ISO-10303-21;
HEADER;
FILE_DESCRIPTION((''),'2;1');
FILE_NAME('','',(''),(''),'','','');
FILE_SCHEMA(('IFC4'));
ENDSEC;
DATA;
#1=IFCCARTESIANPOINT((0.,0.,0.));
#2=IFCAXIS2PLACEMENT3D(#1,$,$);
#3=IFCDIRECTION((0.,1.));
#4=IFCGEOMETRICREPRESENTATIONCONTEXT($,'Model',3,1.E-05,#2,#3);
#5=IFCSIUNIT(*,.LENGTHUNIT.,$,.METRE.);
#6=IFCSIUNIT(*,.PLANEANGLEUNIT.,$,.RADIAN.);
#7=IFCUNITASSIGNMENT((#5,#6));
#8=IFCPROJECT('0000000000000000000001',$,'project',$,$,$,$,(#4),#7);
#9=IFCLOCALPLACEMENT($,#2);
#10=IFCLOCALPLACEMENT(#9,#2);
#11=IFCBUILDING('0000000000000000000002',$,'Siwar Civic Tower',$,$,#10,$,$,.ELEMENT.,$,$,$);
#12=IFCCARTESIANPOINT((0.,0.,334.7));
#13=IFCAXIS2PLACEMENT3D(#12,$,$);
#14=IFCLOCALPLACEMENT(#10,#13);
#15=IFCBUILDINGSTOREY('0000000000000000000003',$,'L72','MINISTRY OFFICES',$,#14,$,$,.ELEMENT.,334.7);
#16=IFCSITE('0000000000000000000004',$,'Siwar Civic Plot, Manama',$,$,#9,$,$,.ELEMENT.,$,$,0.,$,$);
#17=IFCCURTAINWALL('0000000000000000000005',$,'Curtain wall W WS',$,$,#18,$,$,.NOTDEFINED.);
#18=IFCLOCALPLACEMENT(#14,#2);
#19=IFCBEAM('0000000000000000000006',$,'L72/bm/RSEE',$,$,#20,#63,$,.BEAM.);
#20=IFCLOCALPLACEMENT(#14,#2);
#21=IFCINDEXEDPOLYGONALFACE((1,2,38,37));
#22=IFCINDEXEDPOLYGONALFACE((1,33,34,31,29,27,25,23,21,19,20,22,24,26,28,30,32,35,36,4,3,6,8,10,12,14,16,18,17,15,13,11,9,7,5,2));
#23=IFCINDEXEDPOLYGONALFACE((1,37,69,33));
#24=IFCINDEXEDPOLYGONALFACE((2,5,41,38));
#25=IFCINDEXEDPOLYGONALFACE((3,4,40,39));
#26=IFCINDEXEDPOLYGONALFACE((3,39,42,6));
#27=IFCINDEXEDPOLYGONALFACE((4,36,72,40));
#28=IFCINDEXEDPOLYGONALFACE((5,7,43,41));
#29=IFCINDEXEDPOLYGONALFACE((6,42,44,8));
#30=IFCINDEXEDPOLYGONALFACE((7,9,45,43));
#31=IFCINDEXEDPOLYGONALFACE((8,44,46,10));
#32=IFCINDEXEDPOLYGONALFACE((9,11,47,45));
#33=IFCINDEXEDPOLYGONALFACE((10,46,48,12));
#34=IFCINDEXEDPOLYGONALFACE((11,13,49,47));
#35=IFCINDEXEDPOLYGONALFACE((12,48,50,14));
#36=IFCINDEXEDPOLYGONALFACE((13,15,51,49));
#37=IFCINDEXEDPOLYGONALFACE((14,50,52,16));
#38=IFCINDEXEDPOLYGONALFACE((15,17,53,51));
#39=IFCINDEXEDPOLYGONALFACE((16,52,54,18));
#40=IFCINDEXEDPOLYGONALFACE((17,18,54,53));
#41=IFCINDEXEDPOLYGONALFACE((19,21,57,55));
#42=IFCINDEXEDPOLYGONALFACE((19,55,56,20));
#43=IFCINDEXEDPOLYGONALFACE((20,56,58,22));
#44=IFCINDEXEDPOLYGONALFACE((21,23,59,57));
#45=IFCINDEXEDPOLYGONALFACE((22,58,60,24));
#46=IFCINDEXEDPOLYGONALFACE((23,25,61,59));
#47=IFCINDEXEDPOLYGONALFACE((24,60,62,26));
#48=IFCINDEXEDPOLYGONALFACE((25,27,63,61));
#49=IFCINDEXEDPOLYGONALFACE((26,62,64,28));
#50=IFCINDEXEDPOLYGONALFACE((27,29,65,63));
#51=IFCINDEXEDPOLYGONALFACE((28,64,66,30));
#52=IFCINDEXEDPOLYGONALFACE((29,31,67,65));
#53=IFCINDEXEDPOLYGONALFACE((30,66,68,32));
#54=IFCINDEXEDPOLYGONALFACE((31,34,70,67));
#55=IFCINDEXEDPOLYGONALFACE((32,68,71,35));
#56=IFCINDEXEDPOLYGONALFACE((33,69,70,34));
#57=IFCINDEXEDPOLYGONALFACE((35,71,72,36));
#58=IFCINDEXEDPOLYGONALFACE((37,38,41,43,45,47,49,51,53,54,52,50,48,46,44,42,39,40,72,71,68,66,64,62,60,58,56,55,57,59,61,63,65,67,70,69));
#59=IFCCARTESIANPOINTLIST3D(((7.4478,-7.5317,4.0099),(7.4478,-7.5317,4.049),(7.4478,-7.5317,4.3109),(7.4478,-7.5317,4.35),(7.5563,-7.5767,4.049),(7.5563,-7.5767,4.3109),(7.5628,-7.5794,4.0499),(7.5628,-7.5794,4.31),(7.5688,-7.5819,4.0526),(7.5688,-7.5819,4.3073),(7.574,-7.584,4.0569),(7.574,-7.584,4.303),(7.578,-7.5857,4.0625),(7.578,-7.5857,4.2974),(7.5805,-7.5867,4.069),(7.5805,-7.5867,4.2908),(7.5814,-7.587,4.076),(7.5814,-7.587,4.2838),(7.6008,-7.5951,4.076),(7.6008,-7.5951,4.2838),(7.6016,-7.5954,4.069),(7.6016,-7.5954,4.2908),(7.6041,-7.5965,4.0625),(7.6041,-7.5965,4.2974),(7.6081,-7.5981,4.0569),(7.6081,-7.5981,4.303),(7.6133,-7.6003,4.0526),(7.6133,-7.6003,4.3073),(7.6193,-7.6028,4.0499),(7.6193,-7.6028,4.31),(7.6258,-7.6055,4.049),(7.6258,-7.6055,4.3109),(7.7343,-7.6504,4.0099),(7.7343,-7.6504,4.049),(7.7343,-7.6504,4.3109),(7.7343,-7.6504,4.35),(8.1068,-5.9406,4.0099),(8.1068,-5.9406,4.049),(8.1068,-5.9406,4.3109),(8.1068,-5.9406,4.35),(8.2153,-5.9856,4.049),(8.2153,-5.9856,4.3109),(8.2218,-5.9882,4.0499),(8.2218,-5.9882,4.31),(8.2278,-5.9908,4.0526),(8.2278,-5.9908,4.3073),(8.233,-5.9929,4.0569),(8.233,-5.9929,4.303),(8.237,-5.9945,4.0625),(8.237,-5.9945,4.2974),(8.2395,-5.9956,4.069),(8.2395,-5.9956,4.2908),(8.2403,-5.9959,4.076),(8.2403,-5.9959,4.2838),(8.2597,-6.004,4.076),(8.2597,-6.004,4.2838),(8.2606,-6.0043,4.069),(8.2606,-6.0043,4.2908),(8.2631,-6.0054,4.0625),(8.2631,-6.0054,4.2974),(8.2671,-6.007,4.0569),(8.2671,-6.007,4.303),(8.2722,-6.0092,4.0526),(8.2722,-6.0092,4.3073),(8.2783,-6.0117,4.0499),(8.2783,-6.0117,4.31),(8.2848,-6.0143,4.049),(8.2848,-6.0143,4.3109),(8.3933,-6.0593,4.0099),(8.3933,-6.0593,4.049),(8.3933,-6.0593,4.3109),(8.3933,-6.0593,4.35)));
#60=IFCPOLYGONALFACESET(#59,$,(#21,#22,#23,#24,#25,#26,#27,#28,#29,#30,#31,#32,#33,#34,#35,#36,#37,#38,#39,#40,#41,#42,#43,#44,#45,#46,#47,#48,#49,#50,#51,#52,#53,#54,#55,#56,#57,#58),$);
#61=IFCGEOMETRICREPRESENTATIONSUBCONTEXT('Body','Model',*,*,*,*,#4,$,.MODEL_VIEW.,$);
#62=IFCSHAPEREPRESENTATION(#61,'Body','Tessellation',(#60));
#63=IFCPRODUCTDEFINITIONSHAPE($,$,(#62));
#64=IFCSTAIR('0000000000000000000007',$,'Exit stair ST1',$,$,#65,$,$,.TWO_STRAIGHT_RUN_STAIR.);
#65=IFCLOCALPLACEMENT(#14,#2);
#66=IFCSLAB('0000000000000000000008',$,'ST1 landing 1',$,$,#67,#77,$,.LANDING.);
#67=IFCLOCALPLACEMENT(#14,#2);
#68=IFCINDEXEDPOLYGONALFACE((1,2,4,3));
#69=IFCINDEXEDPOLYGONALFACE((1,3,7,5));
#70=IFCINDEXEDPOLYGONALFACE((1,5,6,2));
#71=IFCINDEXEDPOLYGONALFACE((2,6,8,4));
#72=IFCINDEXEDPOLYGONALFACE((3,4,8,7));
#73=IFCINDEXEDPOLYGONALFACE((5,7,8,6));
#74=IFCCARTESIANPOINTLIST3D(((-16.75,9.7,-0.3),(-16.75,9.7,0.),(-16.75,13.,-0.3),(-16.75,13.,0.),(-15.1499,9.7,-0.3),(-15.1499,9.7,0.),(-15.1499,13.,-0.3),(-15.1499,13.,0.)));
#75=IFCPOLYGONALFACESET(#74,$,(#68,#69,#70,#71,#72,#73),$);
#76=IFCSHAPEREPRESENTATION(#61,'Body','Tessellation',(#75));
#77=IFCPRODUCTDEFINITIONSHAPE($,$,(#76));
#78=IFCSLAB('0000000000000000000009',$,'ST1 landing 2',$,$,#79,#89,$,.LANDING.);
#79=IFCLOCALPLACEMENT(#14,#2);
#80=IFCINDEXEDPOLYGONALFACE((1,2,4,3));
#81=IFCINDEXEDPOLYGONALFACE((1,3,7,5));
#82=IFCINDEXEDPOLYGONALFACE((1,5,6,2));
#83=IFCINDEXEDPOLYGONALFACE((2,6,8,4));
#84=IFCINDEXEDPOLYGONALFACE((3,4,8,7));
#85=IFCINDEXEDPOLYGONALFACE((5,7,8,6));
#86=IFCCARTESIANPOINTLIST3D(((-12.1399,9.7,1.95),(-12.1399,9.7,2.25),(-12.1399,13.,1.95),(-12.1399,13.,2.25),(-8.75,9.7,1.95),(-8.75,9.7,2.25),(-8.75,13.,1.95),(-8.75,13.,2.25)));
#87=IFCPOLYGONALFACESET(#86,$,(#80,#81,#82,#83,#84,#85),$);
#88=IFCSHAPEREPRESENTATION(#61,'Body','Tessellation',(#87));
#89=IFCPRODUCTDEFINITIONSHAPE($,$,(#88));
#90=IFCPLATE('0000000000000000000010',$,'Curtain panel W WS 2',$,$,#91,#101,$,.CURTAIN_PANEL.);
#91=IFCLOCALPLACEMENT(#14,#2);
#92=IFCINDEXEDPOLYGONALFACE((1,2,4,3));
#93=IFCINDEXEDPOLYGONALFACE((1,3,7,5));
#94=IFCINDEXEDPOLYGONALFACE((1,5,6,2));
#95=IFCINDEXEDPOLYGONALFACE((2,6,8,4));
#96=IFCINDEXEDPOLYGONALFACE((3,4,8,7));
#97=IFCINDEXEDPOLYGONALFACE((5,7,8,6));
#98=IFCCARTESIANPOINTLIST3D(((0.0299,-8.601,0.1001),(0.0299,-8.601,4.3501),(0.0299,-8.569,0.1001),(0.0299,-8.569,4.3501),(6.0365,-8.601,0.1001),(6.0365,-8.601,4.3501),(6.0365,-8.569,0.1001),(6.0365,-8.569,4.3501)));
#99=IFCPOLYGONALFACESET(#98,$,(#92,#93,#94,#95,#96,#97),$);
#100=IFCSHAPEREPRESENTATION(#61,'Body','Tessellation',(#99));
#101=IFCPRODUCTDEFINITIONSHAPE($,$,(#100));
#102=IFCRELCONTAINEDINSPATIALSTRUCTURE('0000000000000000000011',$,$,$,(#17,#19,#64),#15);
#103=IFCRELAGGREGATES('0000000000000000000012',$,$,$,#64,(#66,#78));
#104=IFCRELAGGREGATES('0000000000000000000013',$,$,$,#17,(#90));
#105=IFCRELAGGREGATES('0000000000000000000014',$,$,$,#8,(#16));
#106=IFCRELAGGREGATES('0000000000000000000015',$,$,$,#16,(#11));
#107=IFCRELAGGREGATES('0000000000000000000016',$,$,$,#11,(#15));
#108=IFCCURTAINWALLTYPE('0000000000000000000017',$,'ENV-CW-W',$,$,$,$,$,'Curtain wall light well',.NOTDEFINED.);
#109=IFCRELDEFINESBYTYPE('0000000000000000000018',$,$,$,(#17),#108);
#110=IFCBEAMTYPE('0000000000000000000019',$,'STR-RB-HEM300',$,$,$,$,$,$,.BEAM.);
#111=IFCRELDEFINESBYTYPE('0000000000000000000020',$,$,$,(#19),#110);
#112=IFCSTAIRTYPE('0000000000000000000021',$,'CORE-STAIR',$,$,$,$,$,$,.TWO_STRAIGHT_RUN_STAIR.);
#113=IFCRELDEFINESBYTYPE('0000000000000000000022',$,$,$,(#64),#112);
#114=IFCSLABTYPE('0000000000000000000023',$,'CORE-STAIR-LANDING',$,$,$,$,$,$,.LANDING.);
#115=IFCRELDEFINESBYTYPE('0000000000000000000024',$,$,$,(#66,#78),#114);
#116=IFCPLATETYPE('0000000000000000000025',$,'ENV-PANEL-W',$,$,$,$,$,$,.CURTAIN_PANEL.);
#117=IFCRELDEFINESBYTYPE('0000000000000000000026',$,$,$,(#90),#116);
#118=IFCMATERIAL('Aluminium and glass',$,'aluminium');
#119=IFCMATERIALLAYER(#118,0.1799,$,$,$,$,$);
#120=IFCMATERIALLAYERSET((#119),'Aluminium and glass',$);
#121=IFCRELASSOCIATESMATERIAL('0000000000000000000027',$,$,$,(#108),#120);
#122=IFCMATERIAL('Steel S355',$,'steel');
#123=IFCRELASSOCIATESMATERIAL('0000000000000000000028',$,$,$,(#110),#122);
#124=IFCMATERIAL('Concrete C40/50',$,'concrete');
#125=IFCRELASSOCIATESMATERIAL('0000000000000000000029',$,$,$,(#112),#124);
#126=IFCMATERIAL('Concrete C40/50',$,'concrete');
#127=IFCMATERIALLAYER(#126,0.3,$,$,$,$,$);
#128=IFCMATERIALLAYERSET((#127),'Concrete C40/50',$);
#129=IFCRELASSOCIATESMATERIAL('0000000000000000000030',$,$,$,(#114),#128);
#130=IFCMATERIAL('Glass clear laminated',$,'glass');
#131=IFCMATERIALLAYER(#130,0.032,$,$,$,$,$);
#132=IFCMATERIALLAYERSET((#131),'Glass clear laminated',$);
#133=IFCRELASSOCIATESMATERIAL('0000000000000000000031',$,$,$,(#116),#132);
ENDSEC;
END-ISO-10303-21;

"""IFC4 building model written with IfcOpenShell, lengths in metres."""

from ifc_helpers import new_model, si_unit, direction, frame, origin, origin_2d, place, context, subcontext, project, spatial, polyline, rectangle, i_section, outline, extrude, material, layer, layer_set, material_profile, profile_set, type_object, element, aggregate, save


model = new_model("IFC4")

# Units and contexts
model_context = context("Model", 3, precision=1e-05, world=origin(), true_north=direction((0.0, 1.0)))
body_context = subcontext(model_context, "Body", "Model", "MODEL_VIEW")
ifc_project = project(units=[si_unit("LENGTHUNIT", "METRE"), si_unit("PLANEANGLEUNIT", "RADIAN")], contexts=[model_context])

# Site, building, storey
site_placement = place(None, origin())
site = spatial("IfcSite", under=ifc_project, at=site_placement, Name="Siwar Civic Plot, Manama", CompositionType="ELEMENT", RefElevation=0.0)
building_placement = place(site_placement, origin())
building = spatial("IfcBuilding", under=site, at=building_placement, Name="Siwar Civic Tower", CompositionType="ELEMENT")
storey_placement = place(building_placement, frame((0.0, 0.0, 334.7)))
storey = spatial("IfcBuildingStorey", under=building, at=storey_placement, Name="L72", Description="MINISTRY OFFICES", CompositionType="ELEMENT", Elevation=334.7)

# Curtain wall
ifc_material_1 = material(Name="Aluminium and glass", Category="aluminium")
ifc_layer_1 = layer(ifc_material_1, 0.1799)
ifc_layer_set_1 = layer_set([ifc_layer_1], Name="Aluminium and glass")
curtain_wall_type = type_object("IfcCurtainWallType", Name="ENV-CW-W", ElementType="Curtain wall light well", PredefinedType="NOTDEFINED", material=ifc_layer_set_1)
curtain_wall_placement = place(storey_placement, origin())
curtain_wall = element("IfcCurtainWall", 1, at=curtain_wall_placement, inside=storey, type_object=curtain_wall_type, Name="Curtain wall W WS", PredefinedType="NOTDEFINED")

# Beam
ifc_material_2 = material(Name="Steel S355", Category="steel")
ifc_material_profile_1 = material_profile(ifc_material_2, i_section(OverallWidth=0.3101, OverallDepth=0.3401, WebThickness=0.021, FlangeThickness=0.0391, FilletRadius=0.0271, at=origin_2d()), Name="HEM300")
ifc_profile_set_1 = profile_set([ifc_material_profile_1], Name="Steel S355")
beam_type = type_object("IfcBeamType", Name="STR-RB-HEM300", PredefinedType="BEAM", material=ifc_profile_set_1)
for number, where, z_axis, x_axis, name in (
    (2, (7.5911, -7.5911, 4.1799), (0.382631, 0.923901, 0.0), (-0.923901, 0.382631, 0.0), "L72/bm/RSEE"),
):
    element("IfcBeam", number, at=place(storey_placement, frame(where, z_axis=z_axis, x_axis=x_axis)), inside=storey, type_object=beam_type, Name=name, PredefinedType="BEAM", context=body_context, shape_type="SweptSolid", body=[
        extrude(i_section(OverallWidth=0.3101, OverallDepth=0.3401, WebThickness=0.021, FlangeThickness=0.0391, FilletRadius=0.0271, at=origin_2d()), origin(), (0.0, 0.0, 1.0), 1.7222),
    ])

# Stair, slabs
ifc_material_3 = material(Name="Concrete C40/50", Category="concrete")
stair_type = type_object("IfcStairType", Name="CORE-STAIR", PredefinedType="TWO_STRAIGHT_RUN_STAIR", material=ifc_material_3)
stair_placement = place(storey_placement, origin())
stair = element("IfcStair", 3, at=stair_placement, inside=storey, type_object=stair_type, Name="Exit stair ST1", PredefinedType="TWO_STRAIGHT_RUN_STAIR")
ifc_material_4 = material(Name="Concrete C40/50", Category="concrete")
ifc_layer_2 = layer(ifc_material_4, 0.3)
ifc_layer_set_2 = layer_set([ifc_layer_2], Name="Concrete C40/50")
slab_type_1 = type_object("IfcSlabType", Name="CORE-STAIR-LANDING", PredefinedType="LANDING", material=ifc_layer_set_2)
slab_1_placement = place(storey_placement, frame((0.0, 0.0, -0.3)))
slab_1 = element("IfcSlab", 4, at=slab_1_placement, type_object=slab_type_1, Name="ST1 landing 1", PredefinedType="LANDING", context=body_context, shape_type="SweptSolid", body=[
    extrude(outline(polyline([(-15.1499, 13.0), (-16.75, 13.0), (-16.75, 9.7), (-15.1499, 9.7), (-15.1499, 13.0)])), origin(), (0.0, 0.0, 1.0), 0.3),
])
slab_2_placement = place(storey_placement, frame((0.0, 0.0, 1.95)))
slab_2 = element("IfcSlab", 5, at=slab_2_placement, type_object=slab_type_1, Name="ST1 landing 2", PredefinedType="LANDING", context=body_context, shape_type="SweptSolid", body=[
    extrude(outline(polyline([(-8.75, 13.0), (-12.1399, 13.0), (-12.1399, 9.7), (-8.75, 9.7), (-8.75, 13.0)])), origin(), (0.0, 0.0, 1.0), 0.3),
])
aggregate(stair, [slab_1, slab_2])

# Plate
ifc_material_5 = material(Name="Glass clear laminated", Category="glass")
ifc_layer_3 = layer(ifc_material_5, 0.032)
ifc_layer_set_3 = layer_set([ifc_layer_3], Name="Glass clear laminated")
plate_type = type_object("IfcPlateType", Name="ENV-PANEL-W", PredefinedType="CURTAIN_PANEL", material=ifc_layer_set_3)
plate_placement = place(storey_placement, frame((3.0332, -8.585, 0.1001), z_axis=(0.0, 0.0, 1.0), x_axis=(1.0, 0.0, 0.0)))
plate = element("IfcPlate", 6, at=plate_placement, type_object=plate_type, Name="Curtain panel W WS 2", PredefinedType="CURTAIN_PANEL", context=body_context, shape_type="SweptSolid", body=[
    extrude(rectangle(XDim=6.0066, YDim=0.032, at=origin_2d()), origin(), (0.0, 0.0, 1.0), 4.25),
])
aggregate(curtain_wall, [plate])

save(model, "model.ifc")
